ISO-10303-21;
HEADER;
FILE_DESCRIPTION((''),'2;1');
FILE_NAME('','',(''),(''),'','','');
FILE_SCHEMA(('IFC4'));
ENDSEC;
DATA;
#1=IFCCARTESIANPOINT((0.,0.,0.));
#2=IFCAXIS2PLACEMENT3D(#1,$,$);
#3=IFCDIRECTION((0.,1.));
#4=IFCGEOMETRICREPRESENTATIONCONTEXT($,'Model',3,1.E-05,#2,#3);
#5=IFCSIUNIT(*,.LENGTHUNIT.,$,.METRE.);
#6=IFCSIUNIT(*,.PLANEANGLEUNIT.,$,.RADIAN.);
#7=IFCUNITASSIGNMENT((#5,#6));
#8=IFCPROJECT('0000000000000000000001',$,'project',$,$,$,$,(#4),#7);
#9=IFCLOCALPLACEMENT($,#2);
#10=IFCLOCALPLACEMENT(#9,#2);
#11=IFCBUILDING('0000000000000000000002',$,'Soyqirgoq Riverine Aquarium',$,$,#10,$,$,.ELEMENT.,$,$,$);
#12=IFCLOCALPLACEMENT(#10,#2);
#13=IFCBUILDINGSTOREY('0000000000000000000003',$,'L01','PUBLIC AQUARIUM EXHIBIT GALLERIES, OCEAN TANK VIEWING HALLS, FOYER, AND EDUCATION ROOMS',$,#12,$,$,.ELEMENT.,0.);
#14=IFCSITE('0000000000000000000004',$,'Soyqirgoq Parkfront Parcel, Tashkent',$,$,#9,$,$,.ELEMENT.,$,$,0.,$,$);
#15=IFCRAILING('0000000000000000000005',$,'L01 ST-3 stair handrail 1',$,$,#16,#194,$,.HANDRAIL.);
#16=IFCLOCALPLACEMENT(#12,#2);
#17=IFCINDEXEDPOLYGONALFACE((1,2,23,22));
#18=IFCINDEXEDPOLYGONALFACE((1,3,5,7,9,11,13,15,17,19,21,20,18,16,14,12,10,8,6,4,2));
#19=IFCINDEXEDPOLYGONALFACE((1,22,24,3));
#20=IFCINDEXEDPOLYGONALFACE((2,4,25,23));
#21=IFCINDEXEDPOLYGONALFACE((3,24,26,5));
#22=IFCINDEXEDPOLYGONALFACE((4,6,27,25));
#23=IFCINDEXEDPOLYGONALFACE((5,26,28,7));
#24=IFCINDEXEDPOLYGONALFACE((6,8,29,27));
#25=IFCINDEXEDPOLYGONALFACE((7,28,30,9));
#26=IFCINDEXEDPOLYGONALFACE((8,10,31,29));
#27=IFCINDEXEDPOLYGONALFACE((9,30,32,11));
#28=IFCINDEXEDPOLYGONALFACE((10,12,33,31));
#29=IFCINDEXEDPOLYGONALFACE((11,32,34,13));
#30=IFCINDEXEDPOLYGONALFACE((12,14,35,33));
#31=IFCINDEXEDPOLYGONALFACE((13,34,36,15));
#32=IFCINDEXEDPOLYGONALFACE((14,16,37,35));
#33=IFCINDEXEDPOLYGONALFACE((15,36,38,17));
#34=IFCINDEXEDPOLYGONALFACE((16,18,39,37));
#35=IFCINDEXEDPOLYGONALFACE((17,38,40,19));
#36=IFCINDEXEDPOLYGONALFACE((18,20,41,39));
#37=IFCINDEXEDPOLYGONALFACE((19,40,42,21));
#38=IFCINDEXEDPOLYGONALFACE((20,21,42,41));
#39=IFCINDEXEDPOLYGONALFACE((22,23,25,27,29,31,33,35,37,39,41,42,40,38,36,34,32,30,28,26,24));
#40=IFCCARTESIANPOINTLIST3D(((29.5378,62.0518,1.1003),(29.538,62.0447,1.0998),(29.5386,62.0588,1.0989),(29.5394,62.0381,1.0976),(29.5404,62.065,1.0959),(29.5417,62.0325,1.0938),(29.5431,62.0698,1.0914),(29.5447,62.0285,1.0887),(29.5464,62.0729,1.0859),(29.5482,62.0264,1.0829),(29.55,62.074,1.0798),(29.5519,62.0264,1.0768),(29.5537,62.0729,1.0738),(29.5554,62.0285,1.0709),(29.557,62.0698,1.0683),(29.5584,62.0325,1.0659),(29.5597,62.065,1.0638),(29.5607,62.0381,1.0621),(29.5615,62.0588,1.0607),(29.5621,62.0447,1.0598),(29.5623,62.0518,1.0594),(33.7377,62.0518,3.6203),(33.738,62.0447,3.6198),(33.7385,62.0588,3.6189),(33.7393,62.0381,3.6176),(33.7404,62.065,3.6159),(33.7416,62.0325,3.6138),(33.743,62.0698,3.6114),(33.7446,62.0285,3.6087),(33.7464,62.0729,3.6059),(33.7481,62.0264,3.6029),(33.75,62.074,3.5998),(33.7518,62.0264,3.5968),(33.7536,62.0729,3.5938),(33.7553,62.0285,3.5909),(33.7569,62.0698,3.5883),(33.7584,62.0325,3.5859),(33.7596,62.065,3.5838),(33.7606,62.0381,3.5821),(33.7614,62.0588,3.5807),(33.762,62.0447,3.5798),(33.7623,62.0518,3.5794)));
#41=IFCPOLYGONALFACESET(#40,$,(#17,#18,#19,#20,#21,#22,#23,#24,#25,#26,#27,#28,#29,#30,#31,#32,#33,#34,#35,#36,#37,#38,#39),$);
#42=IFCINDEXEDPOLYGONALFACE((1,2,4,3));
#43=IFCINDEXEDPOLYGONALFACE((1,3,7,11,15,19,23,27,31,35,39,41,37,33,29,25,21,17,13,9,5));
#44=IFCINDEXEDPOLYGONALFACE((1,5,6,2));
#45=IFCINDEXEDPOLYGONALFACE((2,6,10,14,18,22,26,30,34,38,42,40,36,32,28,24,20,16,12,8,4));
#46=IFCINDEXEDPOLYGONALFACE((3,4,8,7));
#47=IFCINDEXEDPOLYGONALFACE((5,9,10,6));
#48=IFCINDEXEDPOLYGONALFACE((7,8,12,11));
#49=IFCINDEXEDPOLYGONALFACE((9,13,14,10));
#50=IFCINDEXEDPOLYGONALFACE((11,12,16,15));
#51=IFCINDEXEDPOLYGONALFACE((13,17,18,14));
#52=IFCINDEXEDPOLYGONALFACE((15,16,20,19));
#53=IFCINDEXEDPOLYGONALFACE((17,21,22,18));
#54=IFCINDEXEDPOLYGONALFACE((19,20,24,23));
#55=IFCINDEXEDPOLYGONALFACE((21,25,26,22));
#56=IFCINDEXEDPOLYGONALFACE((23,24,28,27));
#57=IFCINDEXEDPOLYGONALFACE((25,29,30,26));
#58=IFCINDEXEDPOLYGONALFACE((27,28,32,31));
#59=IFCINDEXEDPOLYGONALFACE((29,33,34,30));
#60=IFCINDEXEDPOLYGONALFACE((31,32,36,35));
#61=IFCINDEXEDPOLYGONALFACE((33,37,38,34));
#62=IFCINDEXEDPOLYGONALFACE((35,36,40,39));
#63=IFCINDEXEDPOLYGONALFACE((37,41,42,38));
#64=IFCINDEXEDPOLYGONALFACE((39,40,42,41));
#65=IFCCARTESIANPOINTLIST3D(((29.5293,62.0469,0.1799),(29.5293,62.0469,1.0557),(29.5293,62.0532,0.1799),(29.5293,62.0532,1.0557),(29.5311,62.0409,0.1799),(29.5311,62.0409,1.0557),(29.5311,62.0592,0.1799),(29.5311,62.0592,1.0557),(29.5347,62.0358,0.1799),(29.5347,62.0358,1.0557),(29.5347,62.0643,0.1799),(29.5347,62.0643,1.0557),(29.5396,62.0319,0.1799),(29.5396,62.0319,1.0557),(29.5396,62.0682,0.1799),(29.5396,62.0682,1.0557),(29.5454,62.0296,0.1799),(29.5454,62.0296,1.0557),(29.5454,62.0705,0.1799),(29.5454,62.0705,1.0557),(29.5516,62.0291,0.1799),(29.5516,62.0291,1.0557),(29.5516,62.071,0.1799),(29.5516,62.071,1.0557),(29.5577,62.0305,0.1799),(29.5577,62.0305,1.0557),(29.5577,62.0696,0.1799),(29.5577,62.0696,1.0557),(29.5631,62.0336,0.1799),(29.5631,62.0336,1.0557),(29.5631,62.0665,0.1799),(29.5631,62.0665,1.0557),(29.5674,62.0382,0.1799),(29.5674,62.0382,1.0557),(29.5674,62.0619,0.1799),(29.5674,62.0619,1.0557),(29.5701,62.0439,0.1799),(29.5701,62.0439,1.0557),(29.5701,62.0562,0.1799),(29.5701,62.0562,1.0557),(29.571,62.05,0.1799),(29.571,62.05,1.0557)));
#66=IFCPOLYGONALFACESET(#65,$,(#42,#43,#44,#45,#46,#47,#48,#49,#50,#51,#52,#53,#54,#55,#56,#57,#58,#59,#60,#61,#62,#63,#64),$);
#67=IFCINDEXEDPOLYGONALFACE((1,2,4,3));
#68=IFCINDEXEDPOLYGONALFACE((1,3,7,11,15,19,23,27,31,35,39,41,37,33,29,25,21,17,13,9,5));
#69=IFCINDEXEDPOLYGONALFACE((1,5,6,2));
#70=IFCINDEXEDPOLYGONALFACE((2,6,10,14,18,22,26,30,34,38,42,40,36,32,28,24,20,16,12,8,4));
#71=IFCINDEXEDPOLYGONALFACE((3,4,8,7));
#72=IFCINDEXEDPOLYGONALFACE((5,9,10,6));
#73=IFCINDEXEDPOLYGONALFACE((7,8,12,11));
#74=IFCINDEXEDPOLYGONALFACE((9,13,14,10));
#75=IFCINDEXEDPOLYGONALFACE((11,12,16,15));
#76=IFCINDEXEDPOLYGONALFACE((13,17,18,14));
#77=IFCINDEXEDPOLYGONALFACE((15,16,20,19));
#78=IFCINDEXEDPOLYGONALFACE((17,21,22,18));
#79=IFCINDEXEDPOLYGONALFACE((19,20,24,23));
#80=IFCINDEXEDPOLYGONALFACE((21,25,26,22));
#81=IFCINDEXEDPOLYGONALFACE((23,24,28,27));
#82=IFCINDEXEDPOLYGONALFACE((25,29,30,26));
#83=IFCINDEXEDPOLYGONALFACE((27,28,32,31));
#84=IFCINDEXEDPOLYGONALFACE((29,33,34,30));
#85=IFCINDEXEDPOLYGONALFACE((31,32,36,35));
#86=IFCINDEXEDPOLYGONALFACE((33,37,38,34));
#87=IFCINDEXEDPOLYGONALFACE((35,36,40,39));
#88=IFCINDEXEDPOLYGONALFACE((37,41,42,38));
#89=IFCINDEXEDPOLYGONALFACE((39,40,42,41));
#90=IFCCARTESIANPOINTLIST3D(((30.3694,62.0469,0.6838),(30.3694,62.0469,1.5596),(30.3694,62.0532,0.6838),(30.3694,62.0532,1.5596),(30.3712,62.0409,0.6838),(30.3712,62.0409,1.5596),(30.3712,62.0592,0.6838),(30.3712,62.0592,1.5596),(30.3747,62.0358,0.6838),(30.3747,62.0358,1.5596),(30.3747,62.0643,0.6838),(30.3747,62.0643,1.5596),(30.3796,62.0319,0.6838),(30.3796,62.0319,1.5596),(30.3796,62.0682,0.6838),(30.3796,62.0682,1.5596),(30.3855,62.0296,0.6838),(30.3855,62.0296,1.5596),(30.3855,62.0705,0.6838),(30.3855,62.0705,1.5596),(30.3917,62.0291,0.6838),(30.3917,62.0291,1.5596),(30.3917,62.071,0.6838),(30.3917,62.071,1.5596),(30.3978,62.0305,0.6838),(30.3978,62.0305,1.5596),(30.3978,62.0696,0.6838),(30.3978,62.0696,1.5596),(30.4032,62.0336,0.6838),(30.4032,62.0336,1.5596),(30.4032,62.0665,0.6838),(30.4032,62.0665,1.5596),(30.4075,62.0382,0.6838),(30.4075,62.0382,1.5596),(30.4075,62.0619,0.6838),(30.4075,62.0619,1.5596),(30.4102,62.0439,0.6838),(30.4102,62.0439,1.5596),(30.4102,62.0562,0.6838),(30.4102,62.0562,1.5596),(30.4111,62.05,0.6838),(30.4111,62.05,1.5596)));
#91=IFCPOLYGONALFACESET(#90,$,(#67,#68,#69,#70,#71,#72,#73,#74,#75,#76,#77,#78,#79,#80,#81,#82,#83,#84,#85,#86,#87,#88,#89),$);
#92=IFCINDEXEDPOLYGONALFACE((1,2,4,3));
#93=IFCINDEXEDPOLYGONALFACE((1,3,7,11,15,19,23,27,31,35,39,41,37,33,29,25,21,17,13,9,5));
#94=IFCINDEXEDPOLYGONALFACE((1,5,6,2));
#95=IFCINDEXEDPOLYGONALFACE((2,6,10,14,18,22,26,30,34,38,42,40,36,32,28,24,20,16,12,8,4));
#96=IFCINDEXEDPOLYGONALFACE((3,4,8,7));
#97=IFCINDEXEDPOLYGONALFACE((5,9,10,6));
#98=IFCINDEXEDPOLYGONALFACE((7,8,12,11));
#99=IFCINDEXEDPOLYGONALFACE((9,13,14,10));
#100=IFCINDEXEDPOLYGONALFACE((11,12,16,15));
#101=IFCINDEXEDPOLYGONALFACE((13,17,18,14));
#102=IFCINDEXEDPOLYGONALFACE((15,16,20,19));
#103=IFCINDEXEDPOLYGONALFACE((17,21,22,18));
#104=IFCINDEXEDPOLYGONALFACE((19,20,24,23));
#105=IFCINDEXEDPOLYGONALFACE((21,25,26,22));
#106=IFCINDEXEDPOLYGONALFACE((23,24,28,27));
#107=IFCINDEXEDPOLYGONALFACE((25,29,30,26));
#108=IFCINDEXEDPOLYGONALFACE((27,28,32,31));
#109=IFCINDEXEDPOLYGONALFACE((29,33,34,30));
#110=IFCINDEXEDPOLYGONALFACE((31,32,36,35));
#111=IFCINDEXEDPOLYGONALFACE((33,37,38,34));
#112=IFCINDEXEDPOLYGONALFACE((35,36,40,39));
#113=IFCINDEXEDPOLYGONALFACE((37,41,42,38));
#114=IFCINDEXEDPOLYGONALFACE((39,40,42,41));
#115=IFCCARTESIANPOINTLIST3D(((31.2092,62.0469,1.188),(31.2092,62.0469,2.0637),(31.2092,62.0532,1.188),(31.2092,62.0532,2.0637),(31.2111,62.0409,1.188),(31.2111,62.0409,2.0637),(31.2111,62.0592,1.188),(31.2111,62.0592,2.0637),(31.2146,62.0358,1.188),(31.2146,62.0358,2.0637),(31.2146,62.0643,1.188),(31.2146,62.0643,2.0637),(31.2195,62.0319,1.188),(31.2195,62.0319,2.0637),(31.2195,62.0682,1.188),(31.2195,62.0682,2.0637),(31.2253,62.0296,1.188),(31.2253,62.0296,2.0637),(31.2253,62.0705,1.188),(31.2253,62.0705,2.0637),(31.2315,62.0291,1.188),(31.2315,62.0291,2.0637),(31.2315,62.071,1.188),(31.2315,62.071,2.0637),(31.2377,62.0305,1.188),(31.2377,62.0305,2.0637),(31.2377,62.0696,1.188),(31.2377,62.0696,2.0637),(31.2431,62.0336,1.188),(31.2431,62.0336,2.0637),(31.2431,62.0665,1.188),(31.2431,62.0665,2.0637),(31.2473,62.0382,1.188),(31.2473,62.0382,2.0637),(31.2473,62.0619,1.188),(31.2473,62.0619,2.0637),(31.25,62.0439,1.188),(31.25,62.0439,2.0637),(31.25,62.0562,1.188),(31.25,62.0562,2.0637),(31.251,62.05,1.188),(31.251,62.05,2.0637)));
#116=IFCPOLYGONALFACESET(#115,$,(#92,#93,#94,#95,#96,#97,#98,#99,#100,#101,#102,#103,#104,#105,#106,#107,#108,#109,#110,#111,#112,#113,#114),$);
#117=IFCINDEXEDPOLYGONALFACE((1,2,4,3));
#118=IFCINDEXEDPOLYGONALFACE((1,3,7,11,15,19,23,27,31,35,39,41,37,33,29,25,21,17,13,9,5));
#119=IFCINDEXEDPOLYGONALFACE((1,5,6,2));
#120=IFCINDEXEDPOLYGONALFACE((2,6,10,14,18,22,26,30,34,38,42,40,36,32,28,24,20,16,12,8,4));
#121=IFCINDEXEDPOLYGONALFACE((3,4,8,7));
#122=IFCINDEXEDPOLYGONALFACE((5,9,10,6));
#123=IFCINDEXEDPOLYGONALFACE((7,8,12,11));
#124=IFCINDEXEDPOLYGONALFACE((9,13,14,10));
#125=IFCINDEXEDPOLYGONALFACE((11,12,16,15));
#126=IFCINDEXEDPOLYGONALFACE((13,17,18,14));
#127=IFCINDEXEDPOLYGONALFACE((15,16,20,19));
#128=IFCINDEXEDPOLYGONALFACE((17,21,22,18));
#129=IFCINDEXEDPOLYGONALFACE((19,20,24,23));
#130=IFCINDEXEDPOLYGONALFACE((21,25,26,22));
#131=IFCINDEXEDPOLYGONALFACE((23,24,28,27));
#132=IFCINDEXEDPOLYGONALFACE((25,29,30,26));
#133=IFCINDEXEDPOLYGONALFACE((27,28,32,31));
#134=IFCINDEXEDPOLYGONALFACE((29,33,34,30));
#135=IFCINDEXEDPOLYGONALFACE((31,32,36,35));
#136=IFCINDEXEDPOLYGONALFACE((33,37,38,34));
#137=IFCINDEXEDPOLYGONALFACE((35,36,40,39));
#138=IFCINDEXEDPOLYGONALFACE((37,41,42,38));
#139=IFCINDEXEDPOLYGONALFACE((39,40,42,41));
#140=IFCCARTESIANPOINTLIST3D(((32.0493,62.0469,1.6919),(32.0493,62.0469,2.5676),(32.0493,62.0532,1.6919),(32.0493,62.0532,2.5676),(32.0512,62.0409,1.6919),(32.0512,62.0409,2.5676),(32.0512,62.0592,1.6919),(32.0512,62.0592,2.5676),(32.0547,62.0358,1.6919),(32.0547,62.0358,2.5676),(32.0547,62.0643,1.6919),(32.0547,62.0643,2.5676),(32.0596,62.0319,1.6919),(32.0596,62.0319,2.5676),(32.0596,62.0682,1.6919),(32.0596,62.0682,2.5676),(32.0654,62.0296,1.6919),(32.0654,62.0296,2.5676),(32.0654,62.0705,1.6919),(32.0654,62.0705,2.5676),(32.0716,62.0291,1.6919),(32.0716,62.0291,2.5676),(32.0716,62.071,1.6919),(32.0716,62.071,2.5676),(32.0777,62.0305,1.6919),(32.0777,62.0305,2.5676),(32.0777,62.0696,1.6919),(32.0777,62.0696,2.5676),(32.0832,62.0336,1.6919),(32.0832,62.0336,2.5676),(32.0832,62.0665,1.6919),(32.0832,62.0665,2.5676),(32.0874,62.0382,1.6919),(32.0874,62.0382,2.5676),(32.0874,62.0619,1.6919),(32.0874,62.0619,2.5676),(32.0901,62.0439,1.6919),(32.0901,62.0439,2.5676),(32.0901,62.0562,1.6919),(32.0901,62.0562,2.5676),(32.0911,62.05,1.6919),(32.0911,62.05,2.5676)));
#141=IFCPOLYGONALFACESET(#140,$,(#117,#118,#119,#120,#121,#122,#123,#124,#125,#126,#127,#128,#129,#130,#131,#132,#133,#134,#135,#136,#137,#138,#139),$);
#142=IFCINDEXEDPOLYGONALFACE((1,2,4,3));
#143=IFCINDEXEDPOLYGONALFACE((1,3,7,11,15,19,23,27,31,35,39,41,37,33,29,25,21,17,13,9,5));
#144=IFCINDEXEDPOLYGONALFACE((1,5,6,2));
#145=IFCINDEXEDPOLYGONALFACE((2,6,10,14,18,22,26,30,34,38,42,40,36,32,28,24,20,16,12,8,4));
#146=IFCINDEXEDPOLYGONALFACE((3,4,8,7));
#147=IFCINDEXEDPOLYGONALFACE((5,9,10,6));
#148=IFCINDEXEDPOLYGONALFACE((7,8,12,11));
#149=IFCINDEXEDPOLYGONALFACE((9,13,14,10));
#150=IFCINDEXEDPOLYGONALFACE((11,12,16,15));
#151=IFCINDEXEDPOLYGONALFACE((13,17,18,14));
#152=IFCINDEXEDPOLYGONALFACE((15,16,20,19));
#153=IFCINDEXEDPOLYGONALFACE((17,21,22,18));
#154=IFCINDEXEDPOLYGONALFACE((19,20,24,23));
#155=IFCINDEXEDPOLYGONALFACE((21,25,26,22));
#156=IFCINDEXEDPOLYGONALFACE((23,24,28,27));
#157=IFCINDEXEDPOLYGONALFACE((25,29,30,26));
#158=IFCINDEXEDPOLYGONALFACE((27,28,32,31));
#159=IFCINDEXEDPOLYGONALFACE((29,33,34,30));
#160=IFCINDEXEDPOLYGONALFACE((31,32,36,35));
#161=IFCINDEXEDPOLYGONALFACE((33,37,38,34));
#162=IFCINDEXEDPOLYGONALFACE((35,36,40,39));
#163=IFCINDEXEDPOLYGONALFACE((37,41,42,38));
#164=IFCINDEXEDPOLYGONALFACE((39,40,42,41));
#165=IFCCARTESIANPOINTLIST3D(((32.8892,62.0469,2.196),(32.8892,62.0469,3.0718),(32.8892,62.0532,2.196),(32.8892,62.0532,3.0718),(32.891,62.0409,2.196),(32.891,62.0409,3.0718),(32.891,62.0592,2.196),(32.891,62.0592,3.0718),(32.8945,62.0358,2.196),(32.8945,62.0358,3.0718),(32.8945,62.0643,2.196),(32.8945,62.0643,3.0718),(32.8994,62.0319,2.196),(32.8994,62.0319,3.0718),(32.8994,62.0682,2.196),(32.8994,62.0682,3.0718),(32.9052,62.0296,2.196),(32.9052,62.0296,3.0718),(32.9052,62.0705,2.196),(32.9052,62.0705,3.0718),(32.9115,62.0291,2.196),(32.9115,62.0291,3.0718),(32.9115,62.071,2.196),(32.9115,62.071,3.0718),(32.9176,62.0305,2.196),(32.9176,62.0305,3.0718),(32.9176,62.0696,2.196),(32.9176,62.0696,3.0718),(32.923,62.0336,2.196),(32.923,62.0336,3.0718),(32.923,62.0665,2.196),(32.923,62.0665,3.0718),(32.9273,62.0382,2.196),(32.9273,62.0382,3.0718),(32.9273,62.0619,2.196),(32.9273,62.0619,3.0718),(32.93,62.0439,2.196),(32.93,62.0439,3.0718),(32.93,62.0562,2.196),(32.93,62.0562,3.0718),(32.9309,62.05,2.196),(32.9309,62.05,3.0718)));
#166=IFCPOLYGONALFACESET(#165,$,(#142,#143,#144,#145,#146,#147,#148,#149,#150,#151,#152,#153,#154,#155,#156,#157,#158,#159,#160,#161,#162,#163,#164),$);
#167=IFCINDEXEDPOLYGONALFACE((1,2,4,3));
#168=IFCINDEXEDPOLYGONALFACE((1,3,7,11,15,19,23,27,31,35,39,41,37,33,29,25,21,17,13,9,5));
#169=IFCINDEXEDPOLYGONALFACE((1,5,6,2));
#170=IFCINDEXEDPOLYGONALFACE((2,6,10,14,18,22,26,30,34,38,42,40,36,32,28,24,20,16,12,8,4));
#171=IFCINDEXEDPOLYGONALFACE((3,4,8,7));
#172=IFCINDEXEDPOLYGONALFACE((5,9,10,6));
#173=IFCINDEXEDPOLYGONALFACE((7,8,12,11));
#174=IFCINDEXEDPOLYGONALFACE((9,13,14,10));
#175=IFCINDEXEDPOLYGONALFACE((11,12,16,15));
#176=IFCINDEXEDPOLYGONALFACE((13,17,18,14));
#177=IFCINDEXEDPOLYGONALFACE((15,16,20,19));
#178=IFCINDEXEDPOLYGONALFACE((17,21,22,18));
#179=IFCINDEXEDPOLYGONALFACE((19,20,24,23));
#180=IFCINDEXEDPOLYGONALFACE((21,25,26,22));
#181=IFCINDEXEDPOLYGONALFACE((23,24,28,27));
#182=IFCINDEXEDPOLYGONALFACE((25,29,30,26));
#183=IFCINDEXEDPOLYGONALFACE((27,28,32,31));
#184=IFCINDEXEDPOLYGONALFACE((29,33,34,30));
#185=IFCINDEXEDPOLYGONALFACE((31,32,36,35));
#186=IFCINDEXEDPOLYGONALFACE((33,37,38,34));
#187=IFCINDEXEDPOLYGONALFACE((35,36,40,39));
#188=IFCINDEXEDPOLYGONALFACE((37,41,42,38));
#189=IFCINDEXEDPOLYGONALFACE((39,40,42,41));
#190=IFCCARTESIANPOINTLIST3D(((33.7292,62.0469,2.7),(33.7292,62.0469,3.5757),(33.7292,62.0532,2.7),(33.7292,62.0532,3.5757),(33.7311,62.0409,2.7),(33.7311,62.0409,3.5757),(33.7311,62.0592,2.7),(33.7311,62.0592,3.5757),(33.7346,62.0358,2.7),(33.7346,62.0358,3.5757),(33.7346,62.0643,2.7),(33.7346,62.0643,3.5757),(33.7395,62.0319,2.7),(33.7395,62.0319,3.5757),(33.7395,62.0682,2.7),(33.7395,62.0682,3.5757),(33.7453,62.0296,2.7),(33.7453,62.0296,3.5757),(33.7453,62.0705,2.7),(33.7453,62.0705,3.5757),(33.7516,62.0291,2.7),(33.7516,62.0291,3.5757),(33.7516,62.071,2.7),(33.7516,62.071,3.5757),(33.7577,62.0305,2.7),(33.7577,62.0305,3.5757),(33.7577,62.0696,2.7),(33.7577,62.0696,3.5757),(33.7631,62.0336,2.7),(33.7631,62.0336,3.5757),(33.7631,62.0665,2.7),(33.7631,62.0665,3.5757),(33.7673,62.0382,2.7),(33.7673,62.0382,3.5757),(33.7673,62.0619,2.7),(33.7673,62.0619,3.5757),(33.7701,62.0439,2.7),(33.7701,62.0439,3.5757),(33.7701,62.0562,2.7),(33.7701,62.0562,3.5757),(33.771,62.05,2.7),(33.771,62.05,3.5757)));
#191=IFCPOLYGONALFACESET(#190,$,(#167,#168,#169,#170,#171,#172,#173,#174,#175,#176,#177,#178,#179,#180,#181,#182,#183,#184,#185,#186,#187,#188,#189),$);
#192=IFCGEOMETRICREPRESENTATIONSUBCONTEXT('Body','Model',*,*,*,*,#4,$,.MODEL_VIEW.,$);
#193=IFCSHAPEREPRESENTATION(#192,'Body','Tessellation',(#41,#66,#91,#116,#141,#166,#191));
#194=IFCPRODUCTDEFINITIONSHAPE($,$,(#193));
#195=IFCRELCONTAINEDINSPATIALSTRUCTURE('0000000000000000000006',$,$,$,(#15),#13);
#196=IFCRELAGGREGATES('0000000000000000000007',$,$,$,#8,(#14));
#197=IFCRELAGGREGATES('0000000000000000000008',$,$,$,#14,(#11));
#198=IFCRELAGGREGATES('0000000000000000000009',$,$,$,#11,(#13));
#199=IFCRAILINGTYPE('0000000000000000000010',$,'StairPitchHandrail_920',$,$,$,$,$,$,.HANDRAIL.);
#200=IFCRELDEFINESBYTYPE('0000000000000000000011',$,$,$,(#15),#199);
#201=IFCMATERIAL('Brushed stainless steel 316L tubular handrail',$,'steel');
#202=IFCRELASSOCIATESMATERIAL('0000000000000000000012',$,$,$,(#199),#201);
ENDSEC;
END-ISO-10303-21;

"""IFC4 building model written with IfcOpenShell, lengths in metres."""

from ifc_helpers import new_model, si_unit, direction, frame, origin, origin_2d, place, context, subcontext, project, spatial, circle, extrude, material, type_object, element, save


model = new_model("IFC4")

# Units and contexts
model_context = context("Model", 3, precision=1e-05, world=origin(), true_north=direction((0.0, 1.0)))
body_context = subcontext(model_context, "Body", "Model", "MODEL_VIEW")
ifc_project = project(units=[si_unit("LENGTHUNIT", "METRE"), si_unit("PLANEANGLEUNIT", "RADIAN")], contexts=[model_context])

# Site, building, storey
site_placement = place(None, origin())
site = spatial("IfcSite", under=ifc_project, at=site_placement, Name="Soyqirgoq Parkfront Parcel, Tashkent", CompositionType="ELEMENT", RefElevation=0.0)
building_placement = place(site_placement, origin())
building = spatial("IfcBuilding", under=site, at=building_placement, Name="Soyqirgoq Riverine Aquarium", CompositionType="ELEMENT")
storey_placement = place(building_placement, origin())
storey = spatial("IfcBuildingStorey", under=building, at=storey_placement, Name="L01", Description="PUBLIC AQUARIUM EXHIBIT GALLERIES, OCEAN TANK VIEWING HALLS, FOYER, AND EDUCATION ROOMS", CompositionType="ELEMENT", Elevation=0.0)

# Railing
ifc_material_1 = material(Name="Brushed stainless steel 316L tubular handrail", Category="steel")
railing_type_1 = type_object("IfcRailingType", Name="StairPitchHandrail_920", PredefinedType="HANDRAIL", material=ifc_material_1)
railing_1_placement = place(storey_placement, frame((29.55, 62.05, 0.1799)))
element("IfcRailing", 1, at=railing_1_placement, inside=storey, type_object=railing_type_1, Name="L01 ST-3 stair handrail 1", PredefinedType="HANDRAIL", context=body_context, shape_type="SweptSolid", body=[
    extrude(circle(Radius=0.0239, at=origin_2d()), frame((0.0, 0.0, 0.8999), z_axis=(0.857489, 0.0, 0.514503), x_axis=(0.0, 1.0, 0.0)), (0.0, 0.0, 1.0), 4.8979),
    extrude(circle(Radius=0.021, at=origin_2d()), origin(), (0.0, 0.0, 1.0), 0.8757),
    extrude(circle(Radius=0.021, at=origin_2d()), frame((0.8401, 0.0, 0.5039)), (0.0, 0.0, 1.0), 0.8757),
    extrude(circle(Radius=0.021, at=origin_2d()), frame((1.6799, 0.0, 1.0081)), (0.0, 0.0, 1.0), 0.8757),
    extrude(circle(Radius=0.021, at=origin_2d()), frame((2.52, 0.0, 1.512)), (0.0, 0.0, 1.0), 0.8757),
    extrude(circle(Radius=0.021, at=origin_2d()), frame((3.3599, 0.0, 2.0161)), (0.0, 0.0, 1.0), 0.8757),
    extrude(circle(Radius=0.021, at=origin_2d()), frame((4.2, 0.0, 2.52)), (0.0, 0.0, 1.0), 0.8757),
])

save(model, "model.ifc")
